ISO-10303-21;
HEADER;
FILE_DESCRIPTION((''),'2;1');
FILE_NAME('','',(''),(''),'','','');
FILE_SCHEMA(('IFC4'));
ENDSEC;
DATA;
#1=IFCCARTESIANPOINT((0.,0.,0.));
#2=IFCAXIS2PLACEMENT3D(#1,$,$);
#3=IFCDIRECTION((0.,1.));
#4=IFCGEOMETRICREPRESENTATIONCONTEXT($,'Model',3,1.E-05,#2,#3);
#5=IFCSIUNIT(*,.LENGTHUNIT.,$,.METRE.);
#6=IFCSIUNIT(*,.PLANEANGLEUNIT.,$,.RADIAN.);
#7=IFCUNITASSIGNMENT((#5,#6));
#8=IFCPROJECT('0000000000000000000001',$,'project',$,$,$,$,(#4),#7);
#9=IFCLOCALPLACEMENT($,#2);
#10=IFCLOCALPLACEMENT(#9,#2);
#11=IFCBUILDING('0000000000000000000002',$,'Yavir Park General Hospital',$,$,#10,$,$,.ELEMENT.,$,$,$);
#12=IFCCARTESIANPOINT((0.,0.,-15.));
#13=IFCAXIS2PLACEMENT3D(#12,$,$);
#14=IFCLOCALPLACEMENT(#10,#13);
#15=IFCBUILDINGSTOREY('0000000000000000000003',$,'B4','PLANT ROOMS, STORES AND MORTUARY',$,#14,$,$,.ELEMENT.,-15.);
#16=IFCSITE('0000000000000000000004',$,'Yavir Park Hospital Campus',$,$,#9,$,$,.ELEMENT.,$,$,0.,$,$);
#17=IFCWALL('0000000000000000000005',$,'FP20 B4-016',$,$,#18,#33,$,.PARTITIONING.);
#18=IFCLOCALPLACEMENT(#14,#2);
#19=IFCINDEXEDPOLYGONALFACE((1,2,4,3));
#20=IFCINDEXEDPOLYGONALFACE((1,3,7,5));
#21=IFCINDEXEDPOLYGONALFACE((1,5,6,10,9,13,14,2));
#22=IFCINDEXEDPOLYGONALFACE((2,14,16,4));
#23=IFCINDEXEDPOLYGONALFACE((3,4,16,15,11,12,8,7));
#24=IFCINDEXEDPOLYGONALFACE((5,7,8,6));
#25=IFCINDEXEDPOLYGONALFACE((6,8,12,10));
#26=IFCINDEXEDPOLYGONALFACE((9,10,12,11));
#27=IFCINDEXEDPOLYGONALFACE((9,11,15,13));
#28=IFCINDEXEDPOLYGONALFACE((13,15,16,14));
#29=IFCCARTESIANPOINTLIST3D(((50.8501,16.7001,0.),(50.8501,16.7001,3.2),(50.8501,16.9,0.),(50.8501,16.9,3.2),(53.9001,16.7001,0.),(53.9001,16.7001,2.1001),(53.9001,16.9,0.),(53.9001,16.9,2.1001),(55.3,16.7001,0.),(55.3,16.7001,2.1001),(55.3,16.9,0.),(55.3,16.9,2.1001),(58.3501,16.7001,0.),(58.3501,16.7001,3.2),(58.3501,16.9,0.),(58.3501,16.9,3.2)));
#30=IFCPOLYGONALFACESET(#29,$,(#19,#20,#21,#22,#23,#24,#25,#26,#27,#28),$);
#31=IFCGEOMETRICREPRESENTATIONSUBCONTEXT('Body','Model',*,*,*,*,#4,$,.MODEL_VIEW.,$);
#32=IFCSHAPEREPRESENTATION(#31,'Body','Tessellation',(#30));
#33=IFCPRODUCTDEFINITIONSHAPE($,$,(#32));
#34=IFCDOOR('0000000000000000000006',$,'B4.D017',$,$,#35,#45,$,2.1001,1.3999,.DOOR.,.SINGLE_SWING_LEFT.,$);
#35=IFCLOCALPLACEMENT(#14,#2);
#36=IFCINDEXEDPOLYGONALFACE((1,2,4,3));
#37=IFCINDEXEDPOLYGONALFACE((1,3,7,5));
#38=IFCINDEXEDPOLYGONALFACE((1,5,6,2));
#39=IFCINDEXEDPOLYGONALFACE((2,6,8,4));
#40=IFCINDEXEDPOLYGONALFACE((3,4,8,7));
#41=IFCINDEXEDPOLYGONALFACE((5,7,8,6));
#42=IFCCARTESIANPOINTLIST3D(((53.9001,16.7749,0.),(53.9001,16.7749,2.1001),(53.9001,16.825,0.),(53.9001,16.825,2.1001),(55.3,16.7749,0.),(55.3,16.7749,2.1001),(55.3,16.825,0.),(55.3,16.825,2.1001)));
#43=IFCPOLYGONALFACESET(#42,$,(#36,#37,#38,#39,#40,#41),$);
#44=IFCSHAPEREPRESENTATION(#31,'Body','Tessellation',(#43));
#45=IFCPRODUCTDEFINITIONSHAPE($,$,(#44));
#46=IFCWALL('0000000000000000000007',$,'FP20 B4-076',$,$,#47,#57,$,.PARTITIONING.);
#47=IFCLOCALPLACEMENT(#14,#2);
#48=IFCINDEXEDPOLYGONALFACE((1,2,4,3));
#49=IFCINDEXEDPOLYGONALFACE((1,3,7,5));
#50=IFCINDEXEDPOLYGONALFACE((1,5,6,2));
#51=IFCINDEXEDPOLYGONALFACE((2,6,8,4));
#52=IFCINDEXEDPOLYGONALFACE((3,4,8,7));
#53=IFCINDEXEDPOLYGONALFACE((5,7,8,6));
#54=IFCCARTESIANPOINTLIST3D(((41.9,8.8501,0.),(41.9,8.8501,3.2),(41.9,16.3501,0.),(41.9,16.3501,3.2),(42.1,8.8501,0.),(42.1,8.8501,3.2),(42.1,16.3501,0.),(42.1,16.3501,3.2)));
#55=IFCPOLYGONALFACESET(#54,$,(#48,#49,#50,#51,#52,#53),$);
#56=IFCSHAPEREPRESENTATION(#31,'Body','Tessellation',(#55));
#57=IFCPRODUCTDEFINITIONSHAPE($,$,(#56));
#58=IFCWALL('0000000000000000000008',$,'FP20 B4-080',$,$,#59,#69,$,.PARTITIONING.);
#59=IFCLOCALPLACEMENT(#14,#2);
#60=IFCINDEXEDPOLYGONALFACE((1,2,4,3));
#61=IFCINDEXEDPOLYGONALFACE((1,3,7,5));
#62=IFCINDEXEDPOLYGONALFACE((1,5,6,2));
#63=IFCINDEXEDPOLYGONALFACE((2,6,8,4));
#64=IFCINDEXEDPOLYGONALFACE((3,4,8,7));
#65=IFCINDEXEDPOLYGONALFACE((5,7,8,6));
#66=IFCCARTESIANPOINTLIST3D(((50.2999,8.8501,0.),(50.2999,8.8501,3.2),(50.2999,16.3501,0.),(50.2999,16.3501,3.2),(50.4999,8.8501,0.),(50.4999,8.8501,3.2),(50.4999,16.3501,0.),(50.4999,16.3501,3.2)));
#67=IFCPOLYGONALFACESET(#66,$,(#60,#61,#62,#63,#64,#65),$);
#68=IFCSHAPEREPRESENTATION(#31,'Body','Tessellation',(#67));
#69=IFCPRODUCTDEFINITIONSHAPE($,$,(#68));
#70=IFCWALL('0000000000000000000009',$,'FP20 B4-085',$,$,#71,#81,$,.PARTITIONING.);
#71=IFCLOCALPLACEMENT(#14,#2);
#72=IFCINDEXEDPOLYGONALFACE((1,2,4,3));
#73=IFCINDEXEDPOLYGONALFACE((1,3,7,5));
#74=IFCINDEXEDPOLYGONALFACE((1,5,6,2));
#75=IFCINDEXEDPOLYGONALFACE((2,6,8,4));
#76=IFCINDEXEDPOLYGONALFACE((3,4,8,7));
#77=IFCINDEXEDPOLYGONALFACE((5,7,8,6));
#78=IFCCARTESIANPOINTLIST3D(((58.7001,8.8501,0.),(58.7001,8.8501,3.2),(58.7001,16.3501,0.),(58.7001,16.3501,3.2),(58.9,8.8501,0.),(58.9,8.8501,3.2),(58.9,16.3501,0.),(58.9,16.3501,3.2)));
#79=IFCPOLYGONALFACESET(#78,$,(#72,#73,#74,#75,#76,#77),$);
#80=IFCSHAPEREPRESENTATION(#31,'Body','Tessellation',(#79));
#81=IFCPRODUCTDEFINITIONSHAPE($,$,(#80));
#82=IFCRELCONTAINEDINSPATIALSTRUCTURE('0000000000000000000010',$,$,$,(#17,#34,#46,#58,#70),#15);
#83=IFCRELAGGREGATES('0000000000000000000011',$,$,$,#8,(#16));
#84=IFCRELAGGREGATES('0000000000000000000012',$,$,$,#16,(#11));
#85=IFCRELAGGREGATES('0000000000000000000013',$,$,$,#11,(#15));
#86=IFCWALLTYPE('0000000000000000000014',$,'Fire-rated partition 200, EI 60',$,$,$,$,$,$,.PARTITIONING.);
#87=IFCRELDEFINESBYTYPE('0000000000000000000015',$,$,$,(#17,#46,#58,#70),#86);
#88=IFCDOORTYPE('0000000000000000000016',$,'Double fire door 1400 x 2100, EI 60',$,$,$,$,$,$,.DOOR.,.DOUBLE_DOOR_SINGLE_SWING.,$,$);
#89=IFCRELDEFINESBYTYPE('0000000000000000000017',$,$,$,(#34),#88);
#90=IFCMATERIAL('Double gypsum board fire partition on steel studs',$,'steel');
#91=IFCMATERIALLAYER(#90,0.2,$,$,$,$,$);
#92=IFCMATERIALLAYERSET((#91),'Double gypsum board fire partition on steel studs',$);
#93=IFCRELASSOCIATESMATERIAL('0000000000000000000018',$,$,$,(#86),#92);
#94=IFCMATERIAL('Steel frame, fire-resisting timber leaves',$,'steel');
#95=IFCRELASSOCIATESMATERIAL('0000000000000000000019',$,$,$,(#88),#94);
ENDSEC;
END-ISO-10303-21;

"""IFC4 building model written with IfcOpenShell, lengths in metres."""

from ifc_helpers import new_model, si_unit, direction, frame, frame_2d, origin, place, context, subcontext, project, spatial, rectangle, extrude, material, layer, layer_set, type_object, element, fill, save


model = new_model("IFC4")

# Units and contexts
model_context = context("Model", 3, precision=1e-05, world=origin(), true_north=direction((0.0, 1.0)))
body_context = subcontext(model_context, "Body", "Model", "MODEL_VIEW")
ifc_project = project(units=[si_unit("LENGTHUNIT", "METRE"), si_unit("PLANEANGLEUNIT", "RADIAN")], contexts=[model_context])

# Site, building, storey
site_placement = place(None, origin())
site = spatial("IfcSite", under=ifc_project, at=site_placement, Name="Yavir Park Hospital Campus", CompositionType="ELEMENT", RefElevation=0.0)
building_placement = place(site_placement, origin())
building = spatial("IfcBuilding", under=site, at=building_placement, Name="Yavir Park General Hospital", CompositionType="ELEMENT")
storey_placement = place(building_placement, frame((0.0, 0.0, -15.0)))
storey = spatial("IfcBuildingStorey", under=building, at=storey_placement, Name="B4", Description="PLANT ROOMS, STORES AND MORTUARY", CompositionType="ELEMENT", Elevation=-15.0)

# Wall, opening, door
ifc_material_1 = material(Name="Double gypsum board fire partition on steel studs", Category="steel")
ifc_layer = layer(ifc_material_1, 0.2)
ifc_layer_set = layer_set([ifc_layer], Name="Double gypsum board fire partition on steel studs")
wall_type = type_object("IfcWallType", Name="Fire-rated partition 200, EI 60", PredefinedType="PARTITIONING", material=ifc_layer_set)
ifc_material_2 = material(Name="Steel frame, fire-resisting timber leaves", Category="steel")
door_type = type_object("IfcDoorType", Name="Double fire door 1400 x 2100, EI 60", OperationType="DOUBLE_DOOR_SINGLE_SWING", PredefinedType="DOOR", material=ifc_material_2)
wall_1_placement = place(storey_placement, frame((50.8501, 16.8, 0.0), z_axis=(0.0, 0.0, 1.0), x_axis=(1.0, 0.0, 0.0)))
wall_1 = element("IfcWall", 1, at=wall_1_placement, inside=storey, type_object=wall_type, Name="FP20 B4-016", PredefinedType="PARTITIONING", context=body_context, shape_type="SweptSolid", body=[
    extrude(rectangle(XDim=7.5, YDim=0.2, at=frame_2d((3.75, 0.0))), origin(), (0.0, 0.0, 1.0), 3.2),
])
opening_1_placement = place(wall_1_placement, frame((3.05, 0.0, 0.0)))
opening_1 = element("IfcOpeningElement", 2, at=opening_1_placement, cuts=wall_1, PredefinedType="OPENING", context=body_context, shape_type="SweptSolid", body=[
    extrude(rectangle(XDim=1.3999, YDim=2.1001, at=frame_2d((0.7, 1.05))), frame((0.0, 0.1099, 0.0), z_axis=(0.0, -1.0, 0.0), x_axis=(1.0, 0.0, 0.0)), (0.0, 0.0, 1.0), 0.22),
])
door_1_placement = place(opening_1_placement, origin())
door_1 = element("IfcDoor", 3, at=door_1_placement, inside=storey, type_object=door_type, Name="B4.D017", OperationType="SINGLE_SWING_LEFT", OverallHeight=2.1001, OverallWidth=1.3999, PredefinedType="DOOR", context=body_context, shape_type="SweptSolid", body=[
    extrude(rectangle(XDim=1.3999, YDim=2.1001, at=frame_2d((0.7, 1.05))), frame((0.0, 0.0249, 0.0), z_axis=(0.0, -1.0, 0.0), x_axis=(1.0, 0.0, 0.0)), (0.0, 0.0, 1.0), 0.05),
])
fill(opening_1, door_1)

# Walls
for number, where, z_axis, x_axis, name in (
    (4, (42.0, 8.8501, 0.0), (0.0, 0.0, 1.0), (0.0, 1.0, 0.0), "FP20 B4-076"),
    (5, (50.3999, 8.8501, 0.0), (0.0, 0.0, 1.0), (0.0, 1.0, 0.0), "FP20 B4-080"),
    (6, (58.8, 8.8501, 0.0), (0.0, 0.0, 1.0), (0.0, 1.0, 0.0), "FP20 B4-085"),
):
    element("IfcWall", number, at=place(storey_placement, frame(where, z_axis=z_axis, x_axis=x_axis)), inside=storey, type_object=wall_type, Name=name, PredefinedType="PARTITIONING", context=body_context, shape_type="SweptSolid", body=[
        extrude(rectangle(XDim=7.5, YDim=0.2, at=frame_2d((3.75, 0.0))), origin(), (0.0, 0.0, 1.0), 3.2),
    ])

save(model, "model.ifc")
